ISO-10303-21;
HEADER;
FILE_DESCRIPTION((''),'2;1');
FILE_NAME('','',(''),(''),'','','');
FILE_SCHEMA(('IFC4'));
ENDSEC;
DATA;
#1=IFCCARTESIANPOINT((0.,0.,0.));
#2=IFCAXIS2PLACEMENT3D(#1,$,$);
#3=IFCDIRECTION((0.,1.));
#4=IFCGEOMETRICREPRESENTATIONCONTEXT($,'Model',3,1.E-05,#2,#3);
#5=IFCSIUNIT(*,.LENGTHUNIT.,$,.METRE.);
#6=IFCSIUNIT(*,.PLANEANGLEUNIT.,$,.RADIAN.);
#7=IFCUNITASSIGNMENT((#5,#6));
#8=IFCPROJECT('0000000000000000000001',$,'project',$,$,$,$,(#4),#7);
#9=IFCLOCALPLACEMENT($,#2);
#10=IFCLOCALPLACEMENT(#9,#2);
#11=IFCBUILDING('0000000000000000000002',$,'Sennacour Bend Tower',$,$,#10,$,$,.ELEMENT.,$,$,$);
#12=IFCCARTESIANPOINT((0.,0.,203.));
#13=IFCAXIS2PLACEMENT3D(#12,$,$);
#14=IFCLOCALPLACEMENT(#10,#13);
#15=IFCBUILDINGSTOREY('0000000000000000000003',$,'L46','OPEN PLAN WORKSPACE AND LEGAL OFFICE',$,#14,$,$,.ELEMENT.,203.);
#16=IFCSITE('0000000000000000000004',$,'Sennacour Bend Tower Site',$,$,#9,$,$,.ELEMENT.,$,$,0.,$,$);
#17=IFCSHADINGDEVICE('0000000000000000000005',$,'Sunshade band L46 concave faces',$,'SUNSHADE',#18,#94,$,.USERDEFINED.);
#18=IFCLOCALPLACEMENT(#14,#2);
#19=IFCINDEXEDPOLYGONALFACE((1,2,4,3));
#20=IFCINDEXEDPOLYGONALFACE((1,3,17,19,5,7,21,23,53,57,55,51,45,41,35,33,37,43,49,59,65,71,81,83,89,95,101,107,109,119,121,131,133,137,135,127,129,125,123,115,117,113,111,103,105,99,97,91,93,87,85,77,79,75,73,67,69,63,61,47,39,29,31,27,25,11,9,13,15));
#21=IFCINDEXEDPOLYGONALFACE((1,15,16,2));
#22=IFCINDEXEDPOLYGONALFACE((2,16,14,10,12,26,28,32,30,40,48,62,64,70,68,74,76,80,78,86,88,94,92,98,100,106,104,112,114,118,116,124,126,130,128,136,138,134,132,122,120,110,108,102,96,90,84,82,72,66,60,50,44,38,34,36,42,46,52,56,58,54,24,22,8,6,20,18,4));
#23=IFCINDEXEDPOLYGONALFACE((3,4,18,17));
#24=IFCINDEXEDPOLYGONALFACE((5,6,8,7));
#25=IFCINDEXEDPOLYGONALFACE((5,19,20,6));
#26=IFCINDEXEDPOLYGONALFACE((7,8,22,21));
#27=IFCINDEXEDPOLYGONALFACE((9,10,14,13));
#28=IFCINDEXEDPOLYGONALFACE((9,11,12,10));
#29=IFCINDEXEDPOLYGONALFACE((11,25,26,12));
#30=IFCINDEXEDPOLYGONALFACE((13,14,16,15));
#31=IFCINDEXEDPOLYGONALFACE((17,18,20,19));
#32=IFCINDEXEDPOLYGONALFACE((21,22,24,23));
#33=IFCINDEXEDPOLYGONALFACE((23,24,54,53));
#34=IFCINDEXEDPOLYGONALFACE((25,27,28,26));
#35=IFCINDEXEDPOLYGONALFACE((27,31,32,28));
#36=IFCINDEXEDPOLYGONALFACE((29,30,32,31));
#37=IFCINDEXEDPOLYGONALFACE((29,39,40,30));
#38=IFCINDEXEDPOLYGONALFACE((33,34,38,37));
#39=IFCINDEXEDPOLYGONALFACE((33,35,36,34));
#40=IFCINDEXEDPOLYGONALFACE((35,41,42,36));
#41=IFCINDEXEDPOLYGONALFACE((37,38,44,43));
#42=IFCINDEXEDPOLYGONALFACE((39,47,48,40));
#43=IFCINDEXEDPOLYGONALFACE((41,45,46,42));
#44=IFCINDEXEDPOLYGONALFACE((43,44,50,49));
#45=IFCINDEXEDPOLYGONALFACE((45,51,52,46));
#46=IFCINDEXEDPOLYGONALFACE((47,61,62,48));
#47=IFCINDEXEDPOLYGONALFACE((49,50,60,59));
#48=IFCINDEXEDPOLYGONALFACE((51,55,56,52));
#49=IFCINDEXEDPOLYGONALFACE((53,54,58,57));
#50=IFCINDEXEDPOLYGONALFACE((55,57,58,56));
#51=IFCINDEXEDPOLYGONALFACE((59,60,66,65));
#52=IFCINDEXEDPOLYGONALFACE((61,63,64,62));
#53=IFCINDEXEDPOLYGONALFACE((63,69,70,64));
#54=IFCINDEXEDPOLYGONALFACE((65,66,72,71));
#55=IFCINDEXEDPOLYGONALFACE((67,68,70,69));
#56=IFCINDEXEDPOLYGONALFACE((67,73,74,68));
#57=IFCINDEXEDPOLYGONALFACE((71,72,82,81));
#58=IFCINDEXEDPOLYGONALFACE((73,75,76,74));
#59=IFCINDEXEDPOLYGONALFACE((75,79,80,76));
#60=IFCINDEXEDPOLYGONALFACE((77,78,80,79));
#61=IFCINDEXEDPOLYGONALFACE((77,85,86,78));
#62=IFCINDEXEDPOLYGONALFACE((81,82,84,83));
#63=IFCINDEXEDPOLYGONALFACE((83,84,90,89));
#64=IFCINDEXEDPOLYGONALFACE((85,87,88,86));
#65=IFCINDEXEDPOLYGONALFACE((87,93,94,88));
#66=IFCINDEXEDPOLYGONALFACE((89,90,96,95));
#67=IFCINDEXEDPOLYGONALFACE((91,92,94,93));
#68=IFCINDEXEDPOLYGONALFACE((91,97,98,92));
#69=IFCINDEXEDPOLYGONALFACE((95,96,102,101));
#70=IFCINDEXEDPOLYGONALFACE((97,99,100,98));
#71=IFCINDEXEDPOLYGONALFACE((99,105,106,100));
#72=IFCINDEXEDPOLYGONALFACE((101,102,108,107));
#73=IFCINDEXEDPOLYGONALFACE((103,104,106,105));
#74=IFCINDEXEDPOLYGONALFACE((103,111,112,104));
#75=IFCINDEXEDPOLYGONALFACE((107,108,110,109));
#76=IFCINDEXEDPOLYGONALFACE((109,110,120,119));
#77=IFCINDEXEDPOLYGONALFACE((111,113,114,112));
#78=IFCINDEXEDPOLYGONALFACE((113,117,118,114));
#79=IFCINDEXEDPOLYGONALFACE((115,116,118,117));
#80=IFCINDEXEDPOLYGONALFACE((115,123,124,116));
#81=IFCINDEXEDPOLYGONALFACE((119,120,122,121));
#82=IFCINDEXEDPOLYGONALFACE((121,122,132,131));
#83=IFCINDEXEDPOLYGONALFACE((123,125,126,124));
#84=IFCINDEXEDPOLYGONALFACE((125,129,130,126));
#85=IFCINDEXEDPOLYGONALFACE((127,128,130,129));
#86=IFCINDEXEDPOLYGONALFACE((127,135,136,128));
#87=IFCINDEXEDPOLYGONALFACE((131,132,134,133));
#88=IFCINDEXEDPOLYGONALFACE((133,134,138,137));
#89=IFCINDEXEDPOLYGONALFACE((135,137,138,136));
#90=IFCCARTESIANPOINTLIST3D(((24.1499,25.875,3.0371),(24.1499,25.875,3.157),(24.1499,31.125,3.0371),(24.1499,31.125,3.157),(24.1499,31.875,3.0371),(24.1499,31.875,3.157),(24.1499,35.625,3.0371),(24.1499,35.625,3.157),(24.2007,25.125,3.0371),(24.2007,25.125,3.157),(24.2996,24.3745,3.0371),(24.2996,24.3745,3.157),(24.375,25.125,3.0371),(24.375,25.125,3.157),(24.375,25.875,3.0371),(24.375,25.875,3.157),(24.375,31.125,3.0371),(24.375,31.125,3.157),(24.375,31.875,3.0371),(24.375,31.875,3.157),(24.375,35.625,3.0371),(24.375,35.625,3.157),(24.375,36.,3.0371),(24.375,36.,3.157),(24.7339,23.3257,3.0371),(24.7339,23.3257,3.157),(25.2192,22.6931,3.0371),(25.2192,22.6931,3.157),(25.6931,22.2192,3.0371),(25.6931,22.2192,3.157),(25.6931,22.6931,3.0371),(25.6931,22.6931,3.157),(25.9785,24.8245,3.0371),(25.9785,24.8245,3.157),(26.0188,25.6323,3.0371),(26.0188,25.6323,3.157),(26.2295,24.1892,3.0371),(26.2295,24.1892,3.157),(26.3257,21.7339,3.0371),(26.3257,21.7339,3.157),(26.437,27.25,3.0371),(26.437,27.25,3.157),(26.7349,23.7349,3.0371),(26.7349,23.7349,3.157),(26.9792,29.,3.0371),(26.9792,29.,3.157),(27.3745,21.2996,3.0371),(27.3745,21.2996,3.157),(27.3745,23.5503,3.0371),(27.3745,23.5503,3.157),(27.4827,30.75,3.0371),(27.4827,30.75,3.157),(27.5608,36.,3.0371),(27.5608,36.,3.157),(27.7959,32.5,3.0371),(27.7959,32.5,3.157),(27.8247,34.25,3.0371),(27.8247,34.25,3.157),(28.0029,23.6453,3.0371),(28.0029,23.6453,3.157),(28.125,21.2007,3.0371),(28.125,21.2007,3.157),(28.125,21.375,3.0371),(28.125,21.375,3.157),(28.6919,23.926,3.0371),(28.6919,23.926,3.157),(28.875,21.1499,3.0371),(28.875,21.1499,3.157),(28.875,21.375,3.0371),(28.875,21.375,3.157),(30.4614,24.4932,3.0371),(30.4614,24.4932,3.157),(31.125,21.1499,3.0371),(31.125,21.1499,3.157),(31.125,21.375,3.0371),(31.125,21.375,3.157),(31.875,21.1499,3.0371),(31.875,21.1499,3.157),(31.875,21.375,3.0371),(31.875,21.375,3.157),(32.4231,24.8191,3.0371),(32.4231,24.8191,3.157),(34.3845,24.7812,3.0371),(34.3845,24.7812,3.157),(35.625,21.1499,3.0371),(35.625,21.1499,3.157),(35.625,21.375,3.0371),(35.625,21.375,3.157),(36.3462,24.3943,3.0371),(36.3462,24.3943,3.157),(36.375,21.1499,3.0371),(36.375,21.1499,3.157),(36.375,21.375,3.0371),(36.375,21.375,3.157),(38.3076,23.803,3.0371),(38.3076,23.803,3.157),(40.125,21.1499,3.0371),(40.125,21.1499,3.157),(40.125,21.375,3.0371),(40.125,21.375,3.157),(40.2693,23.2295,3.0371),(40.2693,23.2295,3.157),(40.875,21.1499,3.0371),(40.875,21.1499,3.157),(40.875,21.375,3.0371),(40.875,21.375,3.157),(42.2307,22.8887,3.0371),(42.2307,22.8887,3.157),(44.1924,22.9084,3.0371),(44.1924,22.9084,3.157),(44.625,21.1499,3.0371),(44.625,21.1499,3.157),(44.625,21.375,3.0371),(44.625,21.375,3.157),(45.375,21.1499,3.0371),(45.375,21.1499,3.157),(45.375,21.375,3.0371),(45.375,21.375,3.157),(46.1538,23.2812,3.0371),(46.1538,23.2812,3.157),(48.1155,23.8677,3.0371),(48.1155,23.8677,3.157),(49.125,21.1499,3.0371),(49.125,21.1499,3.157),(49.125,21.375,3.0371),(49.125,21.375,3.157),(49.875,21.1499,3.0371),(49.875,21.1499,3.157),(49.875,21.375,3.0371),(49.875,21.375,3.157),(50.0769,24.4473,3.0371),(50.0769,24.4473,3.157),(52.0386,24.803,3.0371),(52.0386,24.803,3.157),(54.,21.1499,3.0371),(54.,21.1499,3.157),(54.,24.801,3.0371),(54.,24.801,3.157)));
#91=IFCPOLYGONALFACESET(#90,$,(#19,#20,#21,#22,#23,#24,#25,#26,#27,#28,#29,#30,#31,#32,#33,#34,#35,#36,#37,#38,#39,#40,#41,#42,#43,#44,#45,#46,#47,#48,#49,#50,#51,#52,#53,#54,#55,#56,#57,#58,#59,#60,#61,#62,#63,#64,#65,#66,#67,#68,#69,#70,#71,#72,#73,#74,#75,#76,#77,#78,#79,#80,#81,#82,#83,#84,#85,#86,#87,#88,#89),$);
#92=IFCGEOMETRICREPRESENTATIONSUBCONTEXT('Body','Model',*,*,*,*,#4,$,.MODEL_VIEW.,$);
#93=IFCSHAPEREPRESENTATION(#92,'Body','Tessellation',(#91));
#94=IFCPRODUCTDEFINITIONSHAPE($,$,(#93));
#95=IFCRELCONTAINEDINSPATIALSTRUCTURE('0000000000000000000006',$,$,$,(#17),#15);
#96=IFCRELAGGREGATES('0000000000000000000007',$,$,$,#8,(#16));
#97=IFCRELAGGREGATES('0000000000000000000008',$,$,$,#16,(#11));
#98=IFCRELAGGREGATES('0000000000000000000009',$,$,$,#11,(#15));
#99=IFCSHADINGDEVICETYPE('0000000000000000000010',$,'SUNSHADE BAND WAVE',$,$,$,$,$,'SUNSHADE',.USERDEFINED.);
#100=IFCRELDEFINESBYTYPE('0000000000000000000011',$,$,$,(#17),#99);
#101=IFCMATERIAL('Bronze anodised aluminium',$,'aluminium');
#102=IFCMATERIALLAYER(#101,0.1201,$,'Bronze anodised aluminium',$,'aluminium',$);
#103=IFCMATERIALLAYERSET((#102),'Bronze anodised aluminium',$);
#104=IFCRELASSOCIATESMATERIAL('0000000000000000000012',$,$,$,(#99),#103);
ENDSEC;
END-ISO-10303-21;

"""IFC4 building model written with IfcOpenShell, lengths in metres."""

from ifc_helpers import new_model, si_unit, direction, frame, origin, place, context, subcontext, project, spatial, polyline, outline, extrude, material, layer, layer_set, type_object, element, save


model = new_model("IFC4")

# Units and contexts
model_context = context("Model", 3, precision=1e-05, world=origin(), true_north=direction((0.0, 1.0)))
body_context = subcontext(model_context, "Body", "Model", "MODEL_VIEW")
ifc_project = project(units=[si_unit("LENGTHUNIT", "METRE"), si_unit("PLANEANGLEUNIT", "RADIAN")], contexts=[model_context])

# Site, building, storey
site_placement = place(None, origin())
site = spatial("IfcSite", under=ifc_project, at=site_placement, Name="Sennacour Bend Tower Site", CompositionType="ELEMENT", RefElevation=0.0)
building_placement = place(site_placement, origin())
building = spatial("IfcBuilding", under=site, at=building_placement, Name="Sennacour Bend Tower", CompositionType="ELEMENT")
storey_placement = place(building_placement, frame((0.0, 0.0, 203.0)))
storey = spatial("IfcBuildingStorey", under=building, at=storey_placement, Name="L46", Description="OPEN PLAN WORKSPACE AND LEGAL OFFICE", CompositionType="ELEMENT", Elevation=203.0)

# Shading device
ifc_material_1 = material(Name="Bronze anodised aluminium", Category="aluminium")
ifc_layer_1 = layer(ifc_material_1, 0.1201, Name="Bronze anodised aluminium", Category="aluminium")
ifc_layer_set_1 = layer_set([ifc_layer_1], Name="Bronze anodised aluminium")
shading_device_type_1 = type_object("IfcShadingDeviceType", Name="SUNSHADE BAND WAVE", ElementType="SUNSHADE", PredefinedType="USERDEFINED", material=ifc_layer_set_1)
shading_device_1_placement = place(storey_placement, frame((0.0, 0.0, 3.0371)))
element("IfcShadingDevice", 1, at=shading_device_1_placement, inside=storey, type_object=shading_device_type_1, Name="Sunshade band L46 concave faces", ObjectType="SUNSHADE", PredefinedType="USERDEFINED", context=body_context, shape_type="SweptSolid", body=[
    extrude(outline(polyline([(54.0, 21.1499), (49.875, 21.1499), (49.875, 21.375), (49.125, 21.375), (49.125, 21.1499), (45.375, 21.1499), (45.375, 21.375), (44.625, 21.375), (44.625, 21.1499), (40.875, 21.1499), (40.875, 21.375), (40.125, 21.375), (40.125, 21.1499), (36.375, 21.1499), (36.375, 21.375), (35.625, 21.375), (35.625, 21.1499), (31.875, 21.1499), (31.875, 21.375), (31.125, 21.375), (31.125, 21.1499), (28.875, 21.1499), (28.875, 21.375), (28.125, 21.375), (28.125, 21.2007), (27.3745, 21.2996), (26.3257, 21.7339), (25.6931, 22.2192), (25.6931, 22.6931), (25.2192, 22.6931), (24.7339, 23.3257), (24.2996, 24.3745), (24.2007, 25.125), (24.375, 25.125), (24.375, 25.875), (24.1499, 25.875), (24.1499, 31.125), (24.375, 31.125), (24.375, 31.875), (24.1499, 31.875), (24.1499, 35.625), (24.375, 35.625), (24.375, 36.0), (27.5608, 36.0), (27.8247, 34.25), (27.7959, 32.5), (27.4827, 30.75), (26.9792, 29.0), (26.437, 27.25), (26.0188, 25.6323), (25.9785, 24.8245), (26.2295, 24.1892), (26.7349, 23.7349), (27.3745, 23.5503), (28.0029, 23.6453), (28.6919, 23.926), (30.4614, 24.4932), (32.4231, 24.8191), (34.3845, 24.7812), (36.3462, 24.3943), (38.3076, 23.803), (40.2693, 23.2295), (42.2307, 22.8887), (44.1924, 22.9084), (46.1538, 23.2812), (48.1155, 23.8677), (50.0769, 24.4473), (52.0386, 24.803), (54.0, 24.801), (54.0, 21.1499)])), origin(), (0.0, 0.0, 1.0), 0.1199),
])

save(model, "model.ifc")
